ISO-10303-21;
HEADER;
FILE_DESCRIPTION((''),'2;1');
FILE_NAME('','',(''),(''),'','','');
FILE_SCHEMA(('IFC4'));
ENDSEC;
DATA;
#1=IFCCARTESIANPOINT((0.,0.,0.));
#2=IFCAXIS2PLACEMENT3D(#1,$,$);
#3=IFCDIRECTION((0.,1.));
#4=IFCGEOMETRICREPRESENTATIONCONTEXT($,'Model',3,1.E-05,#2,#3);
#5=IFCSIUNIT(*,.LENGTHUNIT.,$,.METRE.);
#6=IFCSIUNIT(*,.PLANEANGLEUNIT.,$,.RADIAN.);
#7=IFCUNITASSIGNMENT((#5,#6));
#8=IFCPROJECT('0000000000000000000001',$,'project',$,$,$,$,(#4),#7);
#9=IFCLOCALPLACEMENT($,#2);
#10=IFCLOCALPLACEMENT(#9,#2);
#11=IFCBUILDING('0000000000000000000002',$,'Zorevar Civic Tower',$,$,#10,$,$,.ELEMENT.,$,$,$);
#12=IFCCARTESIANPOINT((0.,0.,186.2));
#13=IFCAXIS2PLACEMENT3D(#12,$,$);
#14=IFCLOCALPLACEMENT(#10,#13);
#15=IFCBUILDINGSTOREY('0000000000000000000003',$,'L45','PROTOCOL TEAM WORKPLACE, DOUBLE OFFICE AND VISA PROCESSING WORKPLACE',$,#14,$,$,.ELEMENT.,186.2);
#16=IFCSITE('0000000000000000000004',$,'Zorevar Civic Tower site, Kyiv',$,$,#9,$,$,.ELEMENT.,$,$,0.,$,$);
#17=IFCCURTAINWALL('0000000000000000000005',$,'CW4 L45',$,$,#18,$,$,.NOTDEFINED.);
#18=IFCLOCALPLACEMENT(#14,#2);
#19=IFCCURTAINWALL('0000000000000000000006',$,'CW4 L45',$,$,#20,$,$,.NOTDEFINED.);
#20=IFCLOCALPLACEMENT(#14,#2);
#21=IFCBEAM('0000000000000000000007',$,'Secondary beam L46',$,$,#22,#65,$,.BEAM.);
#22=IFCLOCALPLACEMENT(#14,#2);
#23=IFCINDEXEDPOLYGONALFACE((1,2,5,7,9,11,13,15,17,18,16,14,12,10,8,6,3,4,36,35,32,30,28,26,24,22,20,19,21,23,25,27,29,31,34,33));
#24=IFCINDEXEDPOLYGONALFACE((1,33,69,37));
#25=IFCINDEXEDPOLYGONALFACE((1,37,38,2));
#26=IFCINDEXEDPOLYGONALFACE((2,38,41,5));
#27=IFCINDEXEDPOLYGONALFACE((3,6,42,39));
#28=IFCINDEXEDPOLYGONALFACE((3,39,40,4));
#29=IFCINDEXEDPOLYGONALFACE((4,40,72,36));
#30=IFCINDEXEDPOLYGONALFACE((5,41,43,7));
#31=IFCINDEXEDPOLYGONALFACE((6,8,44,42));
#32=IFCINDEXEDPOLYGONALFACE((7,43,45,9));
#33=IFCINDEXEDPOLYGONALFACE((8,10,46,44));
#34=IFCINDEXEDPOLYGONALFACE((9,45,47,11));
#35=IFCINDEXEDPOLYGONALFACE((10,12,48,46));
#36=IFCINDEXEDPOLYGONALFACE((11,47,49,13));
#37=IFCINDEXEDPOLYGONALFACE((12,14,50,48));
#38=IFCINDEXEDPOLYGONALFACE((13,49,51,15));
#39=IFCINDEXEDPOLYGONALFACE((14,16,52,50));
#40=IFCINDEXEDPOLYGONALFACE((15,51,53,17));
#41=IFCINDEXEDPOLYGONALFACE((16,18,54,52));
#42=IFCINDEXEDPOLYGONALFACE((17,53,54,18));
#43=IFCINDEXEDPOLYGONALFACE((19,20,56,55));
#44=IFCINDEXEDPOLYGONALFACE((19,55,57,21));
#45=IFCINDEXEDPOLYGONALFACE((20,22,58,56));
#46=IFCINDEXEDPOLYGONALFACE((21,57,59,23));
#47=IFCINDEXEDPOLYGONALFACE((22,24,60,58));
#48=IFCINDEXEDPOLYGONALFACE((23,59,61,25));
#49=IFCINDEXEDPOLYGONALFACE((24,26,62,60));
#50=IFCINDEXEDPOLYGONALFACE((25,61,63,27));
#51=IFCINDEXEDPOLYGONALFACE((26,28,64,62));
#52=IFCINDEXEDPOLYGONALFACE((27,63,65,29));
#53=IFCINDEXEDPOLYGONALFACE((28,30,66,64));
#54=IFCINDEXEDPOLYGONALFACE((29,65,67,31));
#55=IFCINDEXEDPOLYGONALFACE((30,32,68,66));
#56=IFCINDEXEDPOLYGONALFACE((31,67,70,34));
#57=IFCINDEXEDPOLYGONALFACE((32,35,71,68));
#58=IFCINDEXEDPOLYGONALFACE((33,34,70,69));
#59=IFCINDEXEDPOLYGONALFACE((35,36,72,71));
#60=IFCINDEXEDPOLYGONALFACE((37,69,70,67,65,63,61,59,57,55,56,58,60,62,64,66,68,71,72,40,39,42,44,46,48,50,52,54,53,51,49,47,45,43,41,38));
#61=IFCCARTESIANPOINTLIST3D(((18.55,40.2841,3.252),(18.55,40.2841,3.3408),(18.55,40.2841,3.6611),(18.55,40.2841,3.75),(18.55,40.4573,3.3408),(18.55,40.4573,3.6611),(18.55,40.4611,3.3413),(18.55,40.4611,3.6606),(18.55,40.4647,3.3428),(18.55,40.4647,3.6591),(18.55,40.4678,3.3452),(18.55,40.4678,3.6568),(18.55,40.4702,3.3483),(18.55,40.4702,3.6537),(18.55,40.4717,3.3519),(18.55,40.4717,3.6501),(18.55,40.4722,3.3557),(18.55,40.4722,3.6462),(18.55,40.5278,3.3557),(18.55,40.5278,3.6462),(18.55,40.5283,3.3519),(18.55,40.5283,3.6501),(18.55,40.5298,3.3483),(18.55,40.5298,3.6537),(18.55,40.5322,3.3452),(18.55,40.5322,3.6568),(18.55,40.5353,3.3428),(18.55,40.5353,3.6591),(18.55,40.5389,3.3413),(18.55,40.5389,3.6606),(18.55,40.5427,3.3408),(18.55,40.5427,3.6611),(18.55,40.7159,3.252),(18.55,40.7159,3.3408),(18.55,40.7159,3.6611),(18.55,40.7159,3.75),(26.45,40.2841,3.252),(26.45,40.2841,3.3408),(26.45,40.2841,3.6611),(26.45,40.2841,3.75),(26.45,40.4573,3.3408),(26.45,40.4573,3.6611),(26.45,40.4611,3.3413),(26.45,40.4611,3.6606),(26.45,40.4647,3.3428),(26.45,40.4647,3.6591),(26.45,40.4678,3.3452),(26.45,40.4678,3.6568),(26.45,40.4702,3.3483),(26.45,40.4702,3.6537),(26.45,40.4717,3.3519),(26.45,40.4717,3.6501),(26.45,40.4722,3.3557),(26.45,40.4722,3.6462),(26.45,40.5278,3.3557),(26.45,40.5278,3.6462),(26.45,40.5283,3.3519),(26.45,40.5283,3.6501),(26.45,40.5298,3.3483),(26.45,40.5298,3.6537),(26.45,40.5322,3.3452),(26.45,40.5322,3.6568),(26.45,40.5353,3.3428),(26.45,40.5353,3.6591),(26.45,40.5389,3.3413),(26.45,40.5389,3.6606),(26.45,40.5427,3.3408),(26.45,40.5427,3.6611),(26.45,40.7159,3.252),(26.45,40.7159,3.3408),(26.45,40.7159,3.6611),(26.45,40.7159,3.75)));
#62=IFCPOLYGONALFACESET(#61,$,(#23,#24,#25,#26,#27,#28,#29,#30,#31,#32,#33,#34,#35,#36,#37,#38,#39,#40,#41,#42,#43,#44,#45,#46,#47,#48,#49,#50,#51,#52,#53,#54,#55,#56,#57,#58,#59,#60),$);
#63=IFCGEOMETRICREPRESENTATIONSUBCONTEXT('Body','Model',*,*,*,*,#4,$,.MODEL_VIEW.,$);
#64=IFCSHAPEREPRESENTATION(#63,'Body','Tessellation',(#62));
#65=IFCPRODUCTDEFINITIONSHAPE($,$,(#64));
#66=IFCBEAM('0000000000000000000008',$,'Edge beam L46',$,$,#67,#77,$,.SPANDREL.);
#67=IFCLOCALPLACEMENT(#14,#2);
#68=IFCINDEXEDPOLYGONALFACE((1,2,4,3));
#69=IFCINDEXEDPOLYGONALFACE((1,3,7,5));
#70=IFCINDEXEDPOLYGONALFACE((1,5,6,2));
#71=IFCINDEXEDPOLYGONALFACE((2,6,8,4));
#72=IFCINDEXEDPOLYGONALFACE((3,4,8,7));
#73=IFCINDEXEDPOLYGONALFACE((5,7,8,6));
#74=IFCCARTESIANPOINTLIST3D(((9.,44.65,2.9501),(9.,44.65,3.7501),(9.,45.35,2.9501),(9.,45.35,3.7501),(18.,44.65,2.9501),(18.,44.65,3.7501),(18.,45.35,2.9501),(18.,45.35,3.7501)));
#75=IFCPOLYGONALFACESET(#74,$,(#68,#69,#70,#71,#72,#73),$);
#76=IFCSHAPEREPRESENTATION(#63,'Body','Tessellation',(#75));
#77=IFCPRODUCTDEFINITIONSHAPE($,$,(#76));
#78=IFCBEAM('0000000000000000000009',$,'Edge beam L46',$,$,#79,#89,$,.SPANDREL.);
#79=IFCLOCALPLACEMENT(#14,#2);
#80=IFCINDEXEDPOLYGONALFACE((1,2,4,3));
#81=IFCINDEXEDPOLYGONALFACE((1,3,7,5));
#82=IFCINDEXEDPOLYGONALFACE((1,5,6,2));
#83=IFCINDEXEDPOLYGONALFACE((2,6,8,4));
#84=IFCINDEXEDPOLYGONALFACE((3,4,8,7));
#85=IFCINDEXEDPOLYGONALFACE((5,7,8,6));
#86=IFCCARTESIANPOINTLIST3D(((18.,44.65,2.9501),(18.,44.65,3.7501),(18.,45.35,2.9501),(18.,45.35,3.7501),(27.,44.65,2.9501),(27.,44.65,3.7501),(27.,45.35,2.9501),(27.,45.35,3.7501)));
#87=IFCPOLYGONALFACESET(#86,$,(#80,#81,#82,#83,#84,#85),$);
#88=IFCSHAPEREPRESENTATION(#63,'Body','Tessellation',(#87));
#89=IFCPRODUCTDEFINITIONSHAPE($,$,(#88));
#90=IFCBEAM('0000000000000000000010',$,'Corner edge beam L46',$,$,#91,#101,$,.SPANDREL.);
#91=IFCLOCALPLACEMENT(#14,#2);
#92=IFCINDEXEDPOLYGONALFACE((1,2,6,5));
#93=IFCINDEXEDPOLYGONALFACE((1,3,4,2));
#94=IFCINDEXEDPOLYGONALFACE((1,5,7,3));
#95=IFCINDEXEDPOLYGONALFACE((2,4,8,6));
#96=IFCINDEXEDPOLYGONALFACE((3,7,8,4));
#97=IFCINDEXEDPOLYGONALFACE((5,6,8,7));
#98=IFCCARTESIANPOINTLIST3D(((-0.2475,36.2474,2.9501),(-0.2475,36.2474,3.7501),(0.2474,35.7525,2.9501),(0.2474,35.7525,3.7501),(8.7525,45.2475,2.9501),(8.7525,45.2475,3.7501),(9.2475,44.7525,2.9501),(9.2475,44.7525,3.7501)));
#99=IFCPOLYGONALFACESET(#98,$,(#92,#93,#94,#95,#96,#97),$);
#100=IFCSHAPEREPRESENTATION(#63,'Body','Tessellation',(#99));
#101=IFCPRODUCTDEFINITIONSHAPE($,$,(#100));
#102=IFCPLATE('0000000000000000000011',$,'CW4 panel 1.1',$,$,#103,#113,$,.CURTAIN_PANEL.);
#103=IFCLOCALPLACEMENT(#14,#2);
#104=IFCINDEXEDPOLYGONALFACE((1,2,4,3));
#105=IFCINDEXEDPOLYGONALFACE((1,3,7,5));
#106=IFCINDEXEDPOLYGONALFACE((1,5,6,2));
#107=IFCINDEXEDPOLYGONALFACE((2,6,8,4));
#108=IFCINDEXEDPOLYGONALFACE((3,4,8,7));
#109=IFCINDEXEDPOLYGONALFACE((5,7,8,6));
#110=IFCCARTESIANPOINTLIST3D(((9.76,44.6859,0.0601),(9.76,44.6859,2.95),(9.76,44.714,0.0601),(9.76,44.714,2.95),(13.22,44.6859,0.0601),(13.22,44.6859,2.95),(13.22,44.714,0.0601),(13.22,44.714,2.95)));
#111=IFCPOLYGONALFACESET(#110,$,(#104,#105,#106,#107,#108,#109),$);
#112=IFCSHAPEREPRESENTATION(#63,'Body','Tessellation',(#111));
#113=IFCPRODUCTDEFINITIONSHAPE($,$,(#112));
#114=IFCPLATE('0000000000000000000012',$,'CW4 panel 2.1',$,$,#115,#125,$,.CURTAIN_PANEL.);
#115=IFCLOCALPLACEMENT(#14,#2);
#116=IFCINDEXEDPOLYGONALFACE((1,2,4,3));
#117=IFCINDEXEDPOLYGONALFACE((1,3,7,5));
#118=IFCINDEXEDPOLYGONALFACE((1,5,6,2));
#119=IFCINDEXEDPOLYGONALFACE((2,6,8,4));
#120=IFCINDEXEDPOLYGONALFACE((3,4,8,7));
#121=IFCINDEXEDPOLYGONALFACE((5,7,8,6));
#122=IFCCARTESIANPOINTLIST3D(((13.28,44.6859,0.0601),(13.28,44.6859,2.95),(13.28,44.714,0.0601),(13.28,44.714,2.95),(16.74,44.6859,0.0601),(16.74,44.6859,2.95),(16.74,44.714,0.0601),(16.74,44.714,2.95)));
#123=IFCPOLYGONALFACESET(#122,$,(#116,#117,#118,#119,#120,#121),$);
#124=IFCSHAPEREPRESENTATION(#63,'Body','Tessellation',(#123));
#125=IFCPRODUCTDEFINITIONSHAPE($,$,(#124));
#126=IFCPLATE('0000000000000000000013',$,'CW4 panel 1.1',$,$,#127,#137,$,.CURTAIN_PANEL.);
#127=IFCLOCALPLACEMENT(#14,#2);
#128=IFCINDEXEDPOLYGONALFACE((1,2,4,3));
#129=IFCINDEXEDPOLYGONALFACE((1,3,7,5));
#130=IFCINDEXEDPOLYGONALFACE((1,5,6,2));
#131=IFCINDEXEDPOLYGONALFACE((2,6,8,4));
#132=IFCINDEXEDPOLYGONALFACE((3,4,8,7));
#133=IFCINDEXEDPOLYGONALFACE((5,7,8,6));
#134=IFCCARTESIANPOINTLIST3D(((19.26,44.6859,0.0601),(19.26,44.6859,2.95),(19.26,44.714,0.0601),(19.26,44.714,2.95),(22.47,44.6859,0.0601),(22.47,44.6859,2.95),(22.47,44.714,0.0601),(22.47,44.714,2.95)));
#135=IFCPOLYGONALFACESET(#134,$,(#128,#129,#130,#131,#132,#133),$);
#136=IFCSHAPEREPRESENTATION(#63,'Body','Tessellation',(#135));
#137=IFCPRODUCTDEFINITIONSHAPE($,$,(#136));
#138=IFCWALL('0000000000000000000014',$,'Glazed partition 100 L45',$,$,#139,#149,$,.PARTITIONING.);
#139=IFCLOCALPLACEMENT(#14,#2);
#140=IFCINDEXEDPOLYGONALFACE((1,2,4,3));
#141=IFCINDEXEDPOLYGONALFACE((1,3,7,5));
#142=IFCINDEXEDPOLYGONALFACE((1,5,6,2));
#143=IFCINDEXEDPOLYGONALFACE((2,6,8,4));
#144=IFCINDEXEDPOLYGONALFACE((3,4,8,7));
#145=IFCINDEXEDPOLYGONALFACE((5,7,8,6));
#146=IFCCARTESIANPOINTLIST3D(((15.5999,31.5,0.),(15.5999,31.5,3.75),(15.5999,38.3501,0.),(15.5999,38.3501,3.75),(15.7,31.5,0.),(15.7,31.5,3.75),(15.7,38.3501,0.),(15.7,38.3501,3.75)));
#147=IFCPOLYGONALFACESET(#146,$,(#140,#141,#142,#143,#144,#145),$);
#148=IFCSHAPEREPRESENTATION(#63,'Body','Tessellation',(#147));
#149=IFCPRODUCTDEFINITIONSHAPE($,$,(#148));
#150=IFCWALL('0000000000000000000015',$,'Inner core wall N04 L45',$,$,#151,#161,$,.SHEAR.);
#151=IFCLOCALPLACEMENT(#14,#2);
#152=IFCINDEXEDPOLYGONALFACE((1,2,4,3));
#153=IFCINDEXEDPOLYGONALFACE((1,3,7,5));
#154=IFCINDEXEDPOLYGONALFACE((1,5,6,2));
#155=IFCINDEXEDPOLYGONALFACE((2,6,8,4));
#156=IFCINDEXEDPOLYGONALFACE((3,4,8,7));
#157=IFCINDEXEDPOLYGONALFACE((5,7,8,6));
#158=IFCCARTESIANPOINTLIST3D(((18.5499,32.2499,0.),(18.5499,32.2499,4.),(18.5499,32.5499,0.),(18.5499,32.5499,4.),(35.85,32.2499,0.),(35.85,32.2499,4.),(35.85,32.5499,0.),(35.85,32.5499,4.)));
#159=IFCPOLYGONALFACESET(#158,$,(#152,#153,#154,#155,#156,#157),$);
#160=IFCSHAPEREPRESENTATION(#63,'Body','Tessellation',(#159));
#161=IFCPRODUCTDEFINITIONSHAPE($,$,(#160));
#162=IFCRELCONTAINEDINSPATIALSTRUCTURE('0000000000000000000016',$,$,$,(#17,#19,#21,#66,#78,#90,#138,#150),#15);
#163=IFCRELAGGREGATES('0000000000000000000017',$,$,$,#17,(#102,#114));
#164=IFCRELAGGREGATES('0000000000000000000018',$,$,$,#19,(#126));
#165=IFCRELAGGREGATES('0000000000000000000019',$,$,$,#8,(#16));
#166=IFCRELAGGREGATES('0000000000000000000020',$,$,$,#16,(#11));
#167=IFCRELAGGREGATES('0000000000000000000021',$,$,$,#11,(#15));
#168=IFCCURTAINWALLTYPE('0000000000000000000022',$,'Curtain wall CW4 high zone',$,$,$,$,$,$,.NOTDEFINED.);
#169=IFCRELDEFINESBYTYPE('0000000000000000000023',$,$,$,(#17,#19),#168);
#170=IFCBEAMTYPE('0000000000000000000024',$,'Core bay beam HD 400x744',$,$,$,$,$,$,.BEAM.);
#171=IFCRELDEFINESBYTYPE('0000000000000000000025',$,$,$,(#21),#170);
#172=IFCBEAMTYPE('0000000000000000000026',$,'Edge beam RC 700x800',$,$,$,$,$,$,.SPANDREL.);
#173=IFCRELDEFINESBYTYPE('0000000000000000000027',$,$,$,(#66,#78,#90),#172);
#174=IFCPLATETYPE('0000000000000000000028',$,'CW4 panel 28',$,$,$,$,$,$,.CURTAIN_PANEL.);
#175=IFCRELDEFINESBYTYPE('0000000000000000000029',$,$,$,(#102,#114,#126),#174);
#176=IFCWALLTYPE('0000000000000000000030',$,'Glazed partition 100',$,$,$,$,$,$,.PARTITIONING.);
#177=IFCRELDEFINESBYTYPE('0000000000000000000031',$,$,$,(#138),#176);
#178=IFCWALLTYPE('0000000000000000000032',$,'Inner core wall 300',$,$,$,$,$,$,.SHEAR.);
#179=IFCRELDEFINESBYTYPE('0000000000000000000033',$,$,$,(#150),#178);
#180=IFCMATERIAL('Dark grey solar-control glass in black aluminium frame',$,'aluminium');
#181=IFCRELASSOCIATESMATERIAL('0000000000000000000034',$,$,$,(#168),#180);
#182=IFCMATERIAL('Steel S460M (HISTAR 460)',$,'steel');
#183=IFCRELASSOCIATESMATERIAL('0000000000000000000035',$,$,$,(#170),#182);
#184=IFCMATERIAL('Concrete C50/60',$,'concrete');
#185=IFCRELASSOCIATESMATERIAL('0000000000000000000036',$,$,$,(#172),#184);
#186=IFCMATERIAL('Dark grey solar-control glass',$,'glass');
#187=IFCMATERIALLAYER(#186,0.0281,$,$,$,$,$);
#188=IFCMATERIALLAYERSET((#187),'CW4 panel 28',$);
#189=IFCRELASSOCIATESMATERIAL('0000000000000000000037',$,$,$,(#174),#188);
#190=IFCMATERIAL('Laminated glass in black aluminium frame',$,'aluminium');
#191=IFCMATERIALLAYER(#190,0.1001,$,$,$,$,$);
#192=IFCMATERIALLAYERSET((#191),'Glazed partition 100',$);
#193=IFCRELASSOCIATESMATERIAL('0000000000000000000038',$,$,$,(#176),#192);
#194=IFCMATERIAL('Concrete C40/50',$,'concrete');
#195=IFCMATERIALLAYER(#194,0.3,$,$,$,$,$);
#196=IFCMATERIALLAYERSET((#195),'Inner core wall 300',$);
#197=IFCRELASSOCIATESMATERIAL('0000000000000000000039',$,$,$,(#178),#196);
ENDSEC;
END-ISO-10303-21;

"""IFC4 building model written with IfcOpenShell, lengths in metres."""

from ifc_helpers import new_model, si_unit, direction, frame, frame_2d, origin, origin_2d, place, context, subcontext, project, spatial, rectangle, i_section, extrude, material, layer, layer_set, material_profile, profile_set, type_object, element, aggregate, save


model = new_model("IFC4")

# Units and contexts
model_context = context("Model", 3, precision=1e-05, world=origin(), true_north=direction((0.0, 1.0)))
body_context = subcontext(model_context, "Body", "Model", "MODEL_VIEW")
ifc_project = project(units=[si_unit("LENGTHUNIT", "METRE"), si_unit("PLANEANGLEUNIT", "RADIAN")], contexts=[model_context])

# Site, building, storey
site_placement = place(None, origin())
site = spatial("IfcSite", under=ifc_project, at=site_placement, Name="Zorevar Civic Tower site, Kyiv", CompositionType="ELEMENT", RefElevation=0.0)
building_placement = place(site_placement, origin())
building = spatial("IfcBuilding", under=site, at=building_placement, Name="Zorevar Civic Tower", CompositionType="ELEMENT")
storey_placement = place(building_placement, frame((0.0, 0.0, 186.2)))
storey = spatial("IfcBuildingStorey", under=building, at=storey_placement, Name="L45", Description="PROTOCOL TEAM WORKPLACE, DOUBLE OFFICE AND VISA PROCESSING WORKPLACE", CompositionType="ELEMENT", Elevation=186.2)

# Curtain wall
ifc_material_1 = material(Name="Dark grey solar-control glass in black aluminium frame", Category="aluminium")
curtain_wall_type = type_object("IfcCurtainWallType", Name="Curtain wall CW4 high zone", PredefinedType="NOTDEFINED", material=ifc_material_1)
curtain_wall_1_placement = place(storey_placement, origin())
curtain_wall_1 = element("IfcCurtainWall", 1, at=curtain_wall_1_placement, inside=storey, type_object=curtain_wall_type, Name="CW4 L45", PredefinedType="NOTDEFINED")

# Curtain wall
curtain_wall_2_placement = place(storey_placement, origin())
curtain_wall_2 = element("IfcCurtainWall", 2, at=curtain_wall_2_placement, inside=storey, type_object=curtain_wall_type, Name="CW4 L45", PredefinedType="NOTDEFINED")

# Beams
ifc_material_2 = material(Name="Steel S460M (HISTAR 460)", Category="steel")
ifc_material_profile_1 = material_profile(ifc_material_2, i_section(OverallWidth=0.4319, OverallDepth=0.498, WebThickness=0.0557, FlangeThickness=0.0889, FilletRadius=0.0149, at=origin_2d()), Name="HD 400x744")
ifc_profile_set_1 = profile_set([ifc_material_profile_1], Name="Steel S460M (HISTAR 460)")
beam_type_1 = type_object("IfcBeamType", Name="Core bay beam HD 400x744", PredefinedType="BEAM", material=ifc_profile_set_1)
beam_1_placement = place(storey_placement, frame((18.55, 40.5, 3.501), z_axis=(1.0, 0.0, 0.0), x_axis=(0.0, 1.0, 0.0)))
element("IfcBeam", 3, at=beam_1_placement, inside=storey, type_object=beam_type_1, Name="Secondary beam L46", PredefinedType="BEAM", context=body_context, shape_type="SweptSolid", body=[
    extrude(i_section(OverallWidth=0.4319, OverallDepth=0.498, WebThickness=0.0557, FlangeThickness=0.0889, FilletRadius=0.0149, at=origin_2d()), origin(), (0.0, 0.0, 1.0), 7.8999),
])
ifc_material_3 = material(Name="Concrete C50/60", Category="concrete")
ifc_material_profile_2 = material_profile(ifc_material_3, rectangle(XDim=0.7, YDim=0.8, at=origin_2d()), Name="RC 700x800")
ifc_profile_set_2 = profile_set([ifc_material_profile_2], Name="Concrete C50/60")
beam_type_2 = type_object("IfcBeamType", Name="Edge beam RC 700x800", PredefinedType="SPANDREL", material=ifc_profile_set_2)
for number, where, z_axis, x_axis, name in (
    (4, (9.0, 45.0, 3.3501), (1.0, 0.0, 0.0), (0.0, 1.0, 0.0), "Edge beam L46"),
    (5, (18.0, 45.0, 3.3501), (1.0, 0.0, 0.0), (0.0, 1.0, 0.0), "Edge beam L46"),
):
    element("IfcBeam", number, at=place(storey_placement, frame(where, z_axis=z_axis, x_axis=x_axis)), inside=storey, type_object=beam_type_2, Name=name, PredefinedType="SPANDREL", context=body_context, shape_type="SweptSolid", body=[
        extrude(rectangle(XDim=0.7, YDim=0.8, at=origin_2d()), origin(), (0.0, 0.0, 1.0), 9.0),
    ])
beam_2_placement = place(storey_placement, frame((9.0, 45.0, 3.3501), z_axis=(-0.707107, -0.707107, 0.0), x_axis=(0.707107, -0.707107, 0.0)))
element("IfcBeam", 6, at=beam_2_placement, inside=storey, type_object=beam_type_2, Name="Corner edge beam L46", PredefinedType="SPANDREL", context=body_context, shape_type="SweptSolid", body=[
    extrude(rectangle(XDim=0.7, YDim=0.8, at=origin_2d()), origin(), (0.0, 0.0, 1.0), 12.728),
])

# Plates
ifc_material_4 = material(Name="Dark grey solar-control glass", Category="glass")
ifc_layer_1 = layer(ifc_material_4, 0.0281)
ifc_layer_set_1 = layer_set([ifc_layer_1], Name="CW4 panel 28")
plate_type = type_object("IfcPlateType", Name="CW4 panel 28", PredefinedType="CURTAIN_PANEL", material=ifc_layer_set_1)
plate_1_placement = place(storey_placement, frame((11.49, 44.7, 0.0601), z_axis=(0.0, 0.0, 1.0), x_axis=(1.0, 0.0, 0.0)))
plate_1 = element("IfcPlate", 7, at=plate_1_placement, type_object=plate_type, Name="CW4 panel 1.1", PredefinedType="CURTAIN_PANEL", context=body_context, shape_type="SweptSolid", body=[
    extrude(rectangle(XDim=3.46, YDim=0.0281, at=origin_2d()), origin(), (0.0, 0.0, 1.0), 2.8899),
])
plate_2_placement = place(storey_placement, frame((15.01, 44.7, 0.0601), z_axis=(0.0, 0.0, 1.0), x_axis=(1.0, 0.0, 0.0)))
plate_2 = element("IfcPlate", 8, at=plate_2_placement, type_object=plate_type, Name="CW4 panel 2.1", PredefinedType="CURTAIN_PANEL", context=body_context, shape_type="SweptSolid", body=[
    extrude(rectangle(XDim=3.46, YDim=0.0281, at=origin_2d()), origin(), (0.0, 0.0, 1.0), 2.8899),
])
aggregate(curtain_wall_1, [plate_1, plate_2])
plate_3_placement = place(storey_placement, frame((20.865, 44.7, 0.0601), z_axis=(0.0, 0.0, 1.0), x_axis=(1.0, 0.0, 0.0)))
plate_3 = element("IfcPlate", 9, at=plate_3_placement, type_object=plate_type, Name="CW4 panel 1.1", PredefinedType="CURTAIN_PANEL", context=body_context, shape_type="SweptSolid", body=[
    extrude(rectangle(XDim=3.21, YDim=0.0281, at=origin_2d()), origin(), (0.0, 0.0, 1.0), 2.8899),
])
aggregate(curtain_wall_2, [plate_3])

# Walls
ifc_material_5 = material(Name="Laminated glass in black aluminium frame", Category="aluminium")
ifc_layer_2 = layer(ifc_material_5, 0.1001)
ifc_layer_set_2 = layer_set([ifc_layer_2], Name="Glazed partition 100")
wall_type_1 = type_object("IfcWallType", Name="Glazed partition 100", PredefinedType="PARTITIONING", material=ifc_layer_set_2)
wall_1_placement = place(storey_placement, frame((15.6499, 31.5, 0.0), z_axis=(0.0, 0.0, 1.0), x_axis=(0.0, 1.0, 0.0)))
element("IfcWall", 10, at=wall_1_placement, inside=storey, type_object=wall_type_1, Name="Glazed partition 100 L45", PredefinedType="PARTITIONING", context=body_context, shape_type="SweptSolid", body=[
    extrude(rectangle(XDim=6.8501, YDim=0.1001, at=frame_2d((3.425, 0.0))), origin(), (0.0, 0.0, 1.0), 3.75),
])
ifc_material_6 = material(Name="Concrete C40/50", Category="concrete")
ifc_layer_3 = layer(ifc_material_6, 0.3)
ifc_layer_set_3 = layer_set([ifc_layer_3], Name="Inner core wall 300")
wall_type_2 = type_object("IfcWallType", Name="Inner core wall 300", PredefinedType="SHEAR", material=ifc_layer_set_3)
wall_2_placement = place(storey_placement, frame((18.55, 32.3999, 0.0), z_axis=(0.0, 0.0, 1.0), x_axis=(1.0, 0.0, 0.0)))
element("IfcWall", 11, at=wall_2_placement, inside=storey, type_object=wall_type_2, Name="Inner core wall N04 L45", PredefinedType="SHEAR", context=body_context, shape_type="SweptSolid", body=[
    extrude(rectangle(XDim=17.3, YDim=0.3, at=frame_2d((8.6499, 0.0))), origin(), (0.0, 0.0, 1.0), 4.0),
])

save(model, "model.ifc")
